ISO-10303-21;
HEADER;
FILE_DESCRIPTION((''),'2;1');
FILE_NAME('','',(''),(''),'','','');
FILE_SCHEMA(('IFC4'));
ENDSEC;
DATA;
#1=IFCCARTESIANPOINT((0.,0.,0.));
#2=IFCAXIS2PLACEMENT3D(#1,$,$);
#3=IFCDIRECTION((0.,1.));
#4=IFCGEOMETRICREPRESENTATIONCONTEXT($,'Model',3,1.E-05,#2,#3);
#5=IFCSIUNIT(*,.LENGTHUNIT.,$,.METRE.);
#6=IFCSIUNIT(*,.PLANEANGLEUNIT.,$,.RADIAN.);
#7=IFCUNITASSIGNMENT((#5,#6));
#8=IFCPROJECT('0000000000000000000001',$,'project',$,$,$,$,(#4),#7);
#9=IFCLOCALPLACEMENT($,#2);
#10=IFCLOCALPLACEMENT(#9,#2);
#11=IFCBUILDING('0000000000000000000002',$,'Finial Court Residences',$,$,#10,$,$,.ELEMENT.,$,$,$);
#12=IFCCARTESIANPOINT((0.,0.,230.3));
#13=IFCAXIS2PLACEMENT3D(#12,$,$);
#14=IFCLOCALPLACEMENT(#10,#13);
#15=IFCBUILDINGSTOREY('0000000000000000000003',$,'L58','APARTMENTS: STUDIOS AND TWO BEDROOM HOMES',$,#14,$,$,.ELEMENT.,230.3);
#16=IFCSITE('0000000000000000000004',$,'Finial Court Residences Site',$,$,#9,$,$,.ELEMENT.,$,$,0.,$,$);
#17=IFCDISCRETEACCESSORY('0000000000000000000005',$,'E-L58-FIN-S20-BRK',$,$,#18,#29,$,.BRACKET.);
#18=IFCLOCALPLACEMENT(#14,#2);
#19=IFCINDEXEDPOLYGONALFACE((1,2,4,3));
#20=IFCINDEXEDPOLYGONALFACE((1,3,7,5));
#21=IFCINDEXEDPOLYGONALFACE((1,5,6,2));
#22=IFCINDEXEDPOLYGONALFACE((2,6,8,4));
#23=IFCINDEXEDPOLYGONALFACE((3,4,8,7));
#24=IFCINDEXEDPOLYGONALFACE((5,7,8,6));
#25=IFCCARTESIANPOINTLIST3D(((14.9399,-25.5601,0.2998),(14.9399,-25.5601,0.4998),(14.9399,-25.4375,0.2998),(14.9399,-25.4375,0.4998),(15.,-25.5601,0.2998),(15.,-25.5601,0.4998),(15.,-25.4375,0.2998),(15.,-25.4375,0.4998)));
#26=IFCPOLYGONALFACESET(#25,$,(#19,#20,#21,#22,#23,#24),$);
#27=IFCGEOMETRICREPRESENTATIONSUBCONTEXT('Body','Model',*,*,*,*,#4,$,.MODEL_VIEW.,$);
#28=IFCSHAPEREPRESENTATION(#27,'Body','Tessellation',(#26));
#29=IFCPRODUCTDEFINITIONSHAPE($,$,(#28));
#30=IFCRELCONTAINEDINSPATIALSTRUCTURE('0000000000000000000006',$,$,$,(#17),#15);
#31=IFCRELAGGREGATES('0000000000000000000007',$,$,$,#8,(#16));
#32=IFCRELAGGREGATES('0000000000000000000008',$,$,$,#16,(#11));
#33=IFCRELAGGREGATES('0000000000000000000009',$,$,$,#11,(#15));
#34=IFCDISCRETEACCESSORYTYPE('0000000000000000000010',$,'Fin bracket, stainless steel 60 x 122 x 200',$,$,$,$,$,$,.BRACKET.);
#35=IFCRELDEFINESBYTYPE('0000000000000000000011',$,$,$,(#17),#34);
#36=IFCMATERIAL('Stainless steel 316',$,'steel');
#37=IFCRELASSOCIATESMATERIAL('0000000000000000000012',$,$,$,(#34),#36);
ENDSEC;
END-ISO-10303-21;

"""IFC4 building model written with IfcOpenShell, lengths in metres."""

from ifc_helpers import new_model, si_unit, direction, frame, origin, origin_2d, place, context, subcontext, project, spatial, rectangle, extrude, material, type_object, element, save


model = new_model("IFC4")

# Units and contexts
model_context = context("Model", 3, precision=1e-05, world=origin(), true_north=direction((0.0, 1.0)))
body_context = subcontext(model_context, "Body", "Model", "MODEL_VIEW")
ifc_project = project(units=[si_unit("LENGTHUNIT", "METRE"), si_unit("PLANEANGLEUNIT", "RADIAN")], contexts=[model_context])

# Site, building, storey
site_placement = place(None, origin())
site = spatial("IfcSite", under=ifc_project, at=site_placement, Name="Finial Court Residences Site", CompositionType="ELEMENT", RefElevation=0.0)
building_placement = place(site_placement, origin())
building = spatial("IfcBuilding", under=site, at=building_placement, Name="Finial Court Residences", CompositionType="ELEMENT")
storey_placement = place(building_placement, frame((0.0, 0.0, 230.3)))
storey = spatial("IfcBuildingStorey", under=building, at=storey_placement, Name="L58", Description="APARTMENTS: STUDIOS AND TWO BEDROOM HOMES", CompositionType="ELEMENT", Elevation=230.3)

# Discrete accessory
ifc_material_1 = material(Name="Stainless steel 316", Category="steel")
discrete_accessory_type = type_object("IfcDiscreteAccessoryType", Name="Fin bracket, stainless steel 60 x 122 x 200", PredefinedType="BRACKET", material=ifc_material_1)
for number, where, z_axis, x_axis, name in (
    (1, (14.97, -25.4988, 0.2998), (0.0, 0.0, 1.0), (1.0, 0.0, 0.0), "E-L58-FIN-S20-BRK"),
):
    element("IfcDiscreteAccessory", number, at=place(storey_placement, frame(where, z_axis=z_axis, x_axis=x_axis)), inside=storey, type_object=discrete_accessory_type, Name=name, PredefinedType="BRACKET", context=body_context, shape_type="SweptSolid", body=[
        extrude(rectangle(XDim=0.0601, YDim=0.1226, at=origin_2d()), origin(), (0.0, 0.0, 1.0), 0.2),
    ])

save(model, "model.ifc")
